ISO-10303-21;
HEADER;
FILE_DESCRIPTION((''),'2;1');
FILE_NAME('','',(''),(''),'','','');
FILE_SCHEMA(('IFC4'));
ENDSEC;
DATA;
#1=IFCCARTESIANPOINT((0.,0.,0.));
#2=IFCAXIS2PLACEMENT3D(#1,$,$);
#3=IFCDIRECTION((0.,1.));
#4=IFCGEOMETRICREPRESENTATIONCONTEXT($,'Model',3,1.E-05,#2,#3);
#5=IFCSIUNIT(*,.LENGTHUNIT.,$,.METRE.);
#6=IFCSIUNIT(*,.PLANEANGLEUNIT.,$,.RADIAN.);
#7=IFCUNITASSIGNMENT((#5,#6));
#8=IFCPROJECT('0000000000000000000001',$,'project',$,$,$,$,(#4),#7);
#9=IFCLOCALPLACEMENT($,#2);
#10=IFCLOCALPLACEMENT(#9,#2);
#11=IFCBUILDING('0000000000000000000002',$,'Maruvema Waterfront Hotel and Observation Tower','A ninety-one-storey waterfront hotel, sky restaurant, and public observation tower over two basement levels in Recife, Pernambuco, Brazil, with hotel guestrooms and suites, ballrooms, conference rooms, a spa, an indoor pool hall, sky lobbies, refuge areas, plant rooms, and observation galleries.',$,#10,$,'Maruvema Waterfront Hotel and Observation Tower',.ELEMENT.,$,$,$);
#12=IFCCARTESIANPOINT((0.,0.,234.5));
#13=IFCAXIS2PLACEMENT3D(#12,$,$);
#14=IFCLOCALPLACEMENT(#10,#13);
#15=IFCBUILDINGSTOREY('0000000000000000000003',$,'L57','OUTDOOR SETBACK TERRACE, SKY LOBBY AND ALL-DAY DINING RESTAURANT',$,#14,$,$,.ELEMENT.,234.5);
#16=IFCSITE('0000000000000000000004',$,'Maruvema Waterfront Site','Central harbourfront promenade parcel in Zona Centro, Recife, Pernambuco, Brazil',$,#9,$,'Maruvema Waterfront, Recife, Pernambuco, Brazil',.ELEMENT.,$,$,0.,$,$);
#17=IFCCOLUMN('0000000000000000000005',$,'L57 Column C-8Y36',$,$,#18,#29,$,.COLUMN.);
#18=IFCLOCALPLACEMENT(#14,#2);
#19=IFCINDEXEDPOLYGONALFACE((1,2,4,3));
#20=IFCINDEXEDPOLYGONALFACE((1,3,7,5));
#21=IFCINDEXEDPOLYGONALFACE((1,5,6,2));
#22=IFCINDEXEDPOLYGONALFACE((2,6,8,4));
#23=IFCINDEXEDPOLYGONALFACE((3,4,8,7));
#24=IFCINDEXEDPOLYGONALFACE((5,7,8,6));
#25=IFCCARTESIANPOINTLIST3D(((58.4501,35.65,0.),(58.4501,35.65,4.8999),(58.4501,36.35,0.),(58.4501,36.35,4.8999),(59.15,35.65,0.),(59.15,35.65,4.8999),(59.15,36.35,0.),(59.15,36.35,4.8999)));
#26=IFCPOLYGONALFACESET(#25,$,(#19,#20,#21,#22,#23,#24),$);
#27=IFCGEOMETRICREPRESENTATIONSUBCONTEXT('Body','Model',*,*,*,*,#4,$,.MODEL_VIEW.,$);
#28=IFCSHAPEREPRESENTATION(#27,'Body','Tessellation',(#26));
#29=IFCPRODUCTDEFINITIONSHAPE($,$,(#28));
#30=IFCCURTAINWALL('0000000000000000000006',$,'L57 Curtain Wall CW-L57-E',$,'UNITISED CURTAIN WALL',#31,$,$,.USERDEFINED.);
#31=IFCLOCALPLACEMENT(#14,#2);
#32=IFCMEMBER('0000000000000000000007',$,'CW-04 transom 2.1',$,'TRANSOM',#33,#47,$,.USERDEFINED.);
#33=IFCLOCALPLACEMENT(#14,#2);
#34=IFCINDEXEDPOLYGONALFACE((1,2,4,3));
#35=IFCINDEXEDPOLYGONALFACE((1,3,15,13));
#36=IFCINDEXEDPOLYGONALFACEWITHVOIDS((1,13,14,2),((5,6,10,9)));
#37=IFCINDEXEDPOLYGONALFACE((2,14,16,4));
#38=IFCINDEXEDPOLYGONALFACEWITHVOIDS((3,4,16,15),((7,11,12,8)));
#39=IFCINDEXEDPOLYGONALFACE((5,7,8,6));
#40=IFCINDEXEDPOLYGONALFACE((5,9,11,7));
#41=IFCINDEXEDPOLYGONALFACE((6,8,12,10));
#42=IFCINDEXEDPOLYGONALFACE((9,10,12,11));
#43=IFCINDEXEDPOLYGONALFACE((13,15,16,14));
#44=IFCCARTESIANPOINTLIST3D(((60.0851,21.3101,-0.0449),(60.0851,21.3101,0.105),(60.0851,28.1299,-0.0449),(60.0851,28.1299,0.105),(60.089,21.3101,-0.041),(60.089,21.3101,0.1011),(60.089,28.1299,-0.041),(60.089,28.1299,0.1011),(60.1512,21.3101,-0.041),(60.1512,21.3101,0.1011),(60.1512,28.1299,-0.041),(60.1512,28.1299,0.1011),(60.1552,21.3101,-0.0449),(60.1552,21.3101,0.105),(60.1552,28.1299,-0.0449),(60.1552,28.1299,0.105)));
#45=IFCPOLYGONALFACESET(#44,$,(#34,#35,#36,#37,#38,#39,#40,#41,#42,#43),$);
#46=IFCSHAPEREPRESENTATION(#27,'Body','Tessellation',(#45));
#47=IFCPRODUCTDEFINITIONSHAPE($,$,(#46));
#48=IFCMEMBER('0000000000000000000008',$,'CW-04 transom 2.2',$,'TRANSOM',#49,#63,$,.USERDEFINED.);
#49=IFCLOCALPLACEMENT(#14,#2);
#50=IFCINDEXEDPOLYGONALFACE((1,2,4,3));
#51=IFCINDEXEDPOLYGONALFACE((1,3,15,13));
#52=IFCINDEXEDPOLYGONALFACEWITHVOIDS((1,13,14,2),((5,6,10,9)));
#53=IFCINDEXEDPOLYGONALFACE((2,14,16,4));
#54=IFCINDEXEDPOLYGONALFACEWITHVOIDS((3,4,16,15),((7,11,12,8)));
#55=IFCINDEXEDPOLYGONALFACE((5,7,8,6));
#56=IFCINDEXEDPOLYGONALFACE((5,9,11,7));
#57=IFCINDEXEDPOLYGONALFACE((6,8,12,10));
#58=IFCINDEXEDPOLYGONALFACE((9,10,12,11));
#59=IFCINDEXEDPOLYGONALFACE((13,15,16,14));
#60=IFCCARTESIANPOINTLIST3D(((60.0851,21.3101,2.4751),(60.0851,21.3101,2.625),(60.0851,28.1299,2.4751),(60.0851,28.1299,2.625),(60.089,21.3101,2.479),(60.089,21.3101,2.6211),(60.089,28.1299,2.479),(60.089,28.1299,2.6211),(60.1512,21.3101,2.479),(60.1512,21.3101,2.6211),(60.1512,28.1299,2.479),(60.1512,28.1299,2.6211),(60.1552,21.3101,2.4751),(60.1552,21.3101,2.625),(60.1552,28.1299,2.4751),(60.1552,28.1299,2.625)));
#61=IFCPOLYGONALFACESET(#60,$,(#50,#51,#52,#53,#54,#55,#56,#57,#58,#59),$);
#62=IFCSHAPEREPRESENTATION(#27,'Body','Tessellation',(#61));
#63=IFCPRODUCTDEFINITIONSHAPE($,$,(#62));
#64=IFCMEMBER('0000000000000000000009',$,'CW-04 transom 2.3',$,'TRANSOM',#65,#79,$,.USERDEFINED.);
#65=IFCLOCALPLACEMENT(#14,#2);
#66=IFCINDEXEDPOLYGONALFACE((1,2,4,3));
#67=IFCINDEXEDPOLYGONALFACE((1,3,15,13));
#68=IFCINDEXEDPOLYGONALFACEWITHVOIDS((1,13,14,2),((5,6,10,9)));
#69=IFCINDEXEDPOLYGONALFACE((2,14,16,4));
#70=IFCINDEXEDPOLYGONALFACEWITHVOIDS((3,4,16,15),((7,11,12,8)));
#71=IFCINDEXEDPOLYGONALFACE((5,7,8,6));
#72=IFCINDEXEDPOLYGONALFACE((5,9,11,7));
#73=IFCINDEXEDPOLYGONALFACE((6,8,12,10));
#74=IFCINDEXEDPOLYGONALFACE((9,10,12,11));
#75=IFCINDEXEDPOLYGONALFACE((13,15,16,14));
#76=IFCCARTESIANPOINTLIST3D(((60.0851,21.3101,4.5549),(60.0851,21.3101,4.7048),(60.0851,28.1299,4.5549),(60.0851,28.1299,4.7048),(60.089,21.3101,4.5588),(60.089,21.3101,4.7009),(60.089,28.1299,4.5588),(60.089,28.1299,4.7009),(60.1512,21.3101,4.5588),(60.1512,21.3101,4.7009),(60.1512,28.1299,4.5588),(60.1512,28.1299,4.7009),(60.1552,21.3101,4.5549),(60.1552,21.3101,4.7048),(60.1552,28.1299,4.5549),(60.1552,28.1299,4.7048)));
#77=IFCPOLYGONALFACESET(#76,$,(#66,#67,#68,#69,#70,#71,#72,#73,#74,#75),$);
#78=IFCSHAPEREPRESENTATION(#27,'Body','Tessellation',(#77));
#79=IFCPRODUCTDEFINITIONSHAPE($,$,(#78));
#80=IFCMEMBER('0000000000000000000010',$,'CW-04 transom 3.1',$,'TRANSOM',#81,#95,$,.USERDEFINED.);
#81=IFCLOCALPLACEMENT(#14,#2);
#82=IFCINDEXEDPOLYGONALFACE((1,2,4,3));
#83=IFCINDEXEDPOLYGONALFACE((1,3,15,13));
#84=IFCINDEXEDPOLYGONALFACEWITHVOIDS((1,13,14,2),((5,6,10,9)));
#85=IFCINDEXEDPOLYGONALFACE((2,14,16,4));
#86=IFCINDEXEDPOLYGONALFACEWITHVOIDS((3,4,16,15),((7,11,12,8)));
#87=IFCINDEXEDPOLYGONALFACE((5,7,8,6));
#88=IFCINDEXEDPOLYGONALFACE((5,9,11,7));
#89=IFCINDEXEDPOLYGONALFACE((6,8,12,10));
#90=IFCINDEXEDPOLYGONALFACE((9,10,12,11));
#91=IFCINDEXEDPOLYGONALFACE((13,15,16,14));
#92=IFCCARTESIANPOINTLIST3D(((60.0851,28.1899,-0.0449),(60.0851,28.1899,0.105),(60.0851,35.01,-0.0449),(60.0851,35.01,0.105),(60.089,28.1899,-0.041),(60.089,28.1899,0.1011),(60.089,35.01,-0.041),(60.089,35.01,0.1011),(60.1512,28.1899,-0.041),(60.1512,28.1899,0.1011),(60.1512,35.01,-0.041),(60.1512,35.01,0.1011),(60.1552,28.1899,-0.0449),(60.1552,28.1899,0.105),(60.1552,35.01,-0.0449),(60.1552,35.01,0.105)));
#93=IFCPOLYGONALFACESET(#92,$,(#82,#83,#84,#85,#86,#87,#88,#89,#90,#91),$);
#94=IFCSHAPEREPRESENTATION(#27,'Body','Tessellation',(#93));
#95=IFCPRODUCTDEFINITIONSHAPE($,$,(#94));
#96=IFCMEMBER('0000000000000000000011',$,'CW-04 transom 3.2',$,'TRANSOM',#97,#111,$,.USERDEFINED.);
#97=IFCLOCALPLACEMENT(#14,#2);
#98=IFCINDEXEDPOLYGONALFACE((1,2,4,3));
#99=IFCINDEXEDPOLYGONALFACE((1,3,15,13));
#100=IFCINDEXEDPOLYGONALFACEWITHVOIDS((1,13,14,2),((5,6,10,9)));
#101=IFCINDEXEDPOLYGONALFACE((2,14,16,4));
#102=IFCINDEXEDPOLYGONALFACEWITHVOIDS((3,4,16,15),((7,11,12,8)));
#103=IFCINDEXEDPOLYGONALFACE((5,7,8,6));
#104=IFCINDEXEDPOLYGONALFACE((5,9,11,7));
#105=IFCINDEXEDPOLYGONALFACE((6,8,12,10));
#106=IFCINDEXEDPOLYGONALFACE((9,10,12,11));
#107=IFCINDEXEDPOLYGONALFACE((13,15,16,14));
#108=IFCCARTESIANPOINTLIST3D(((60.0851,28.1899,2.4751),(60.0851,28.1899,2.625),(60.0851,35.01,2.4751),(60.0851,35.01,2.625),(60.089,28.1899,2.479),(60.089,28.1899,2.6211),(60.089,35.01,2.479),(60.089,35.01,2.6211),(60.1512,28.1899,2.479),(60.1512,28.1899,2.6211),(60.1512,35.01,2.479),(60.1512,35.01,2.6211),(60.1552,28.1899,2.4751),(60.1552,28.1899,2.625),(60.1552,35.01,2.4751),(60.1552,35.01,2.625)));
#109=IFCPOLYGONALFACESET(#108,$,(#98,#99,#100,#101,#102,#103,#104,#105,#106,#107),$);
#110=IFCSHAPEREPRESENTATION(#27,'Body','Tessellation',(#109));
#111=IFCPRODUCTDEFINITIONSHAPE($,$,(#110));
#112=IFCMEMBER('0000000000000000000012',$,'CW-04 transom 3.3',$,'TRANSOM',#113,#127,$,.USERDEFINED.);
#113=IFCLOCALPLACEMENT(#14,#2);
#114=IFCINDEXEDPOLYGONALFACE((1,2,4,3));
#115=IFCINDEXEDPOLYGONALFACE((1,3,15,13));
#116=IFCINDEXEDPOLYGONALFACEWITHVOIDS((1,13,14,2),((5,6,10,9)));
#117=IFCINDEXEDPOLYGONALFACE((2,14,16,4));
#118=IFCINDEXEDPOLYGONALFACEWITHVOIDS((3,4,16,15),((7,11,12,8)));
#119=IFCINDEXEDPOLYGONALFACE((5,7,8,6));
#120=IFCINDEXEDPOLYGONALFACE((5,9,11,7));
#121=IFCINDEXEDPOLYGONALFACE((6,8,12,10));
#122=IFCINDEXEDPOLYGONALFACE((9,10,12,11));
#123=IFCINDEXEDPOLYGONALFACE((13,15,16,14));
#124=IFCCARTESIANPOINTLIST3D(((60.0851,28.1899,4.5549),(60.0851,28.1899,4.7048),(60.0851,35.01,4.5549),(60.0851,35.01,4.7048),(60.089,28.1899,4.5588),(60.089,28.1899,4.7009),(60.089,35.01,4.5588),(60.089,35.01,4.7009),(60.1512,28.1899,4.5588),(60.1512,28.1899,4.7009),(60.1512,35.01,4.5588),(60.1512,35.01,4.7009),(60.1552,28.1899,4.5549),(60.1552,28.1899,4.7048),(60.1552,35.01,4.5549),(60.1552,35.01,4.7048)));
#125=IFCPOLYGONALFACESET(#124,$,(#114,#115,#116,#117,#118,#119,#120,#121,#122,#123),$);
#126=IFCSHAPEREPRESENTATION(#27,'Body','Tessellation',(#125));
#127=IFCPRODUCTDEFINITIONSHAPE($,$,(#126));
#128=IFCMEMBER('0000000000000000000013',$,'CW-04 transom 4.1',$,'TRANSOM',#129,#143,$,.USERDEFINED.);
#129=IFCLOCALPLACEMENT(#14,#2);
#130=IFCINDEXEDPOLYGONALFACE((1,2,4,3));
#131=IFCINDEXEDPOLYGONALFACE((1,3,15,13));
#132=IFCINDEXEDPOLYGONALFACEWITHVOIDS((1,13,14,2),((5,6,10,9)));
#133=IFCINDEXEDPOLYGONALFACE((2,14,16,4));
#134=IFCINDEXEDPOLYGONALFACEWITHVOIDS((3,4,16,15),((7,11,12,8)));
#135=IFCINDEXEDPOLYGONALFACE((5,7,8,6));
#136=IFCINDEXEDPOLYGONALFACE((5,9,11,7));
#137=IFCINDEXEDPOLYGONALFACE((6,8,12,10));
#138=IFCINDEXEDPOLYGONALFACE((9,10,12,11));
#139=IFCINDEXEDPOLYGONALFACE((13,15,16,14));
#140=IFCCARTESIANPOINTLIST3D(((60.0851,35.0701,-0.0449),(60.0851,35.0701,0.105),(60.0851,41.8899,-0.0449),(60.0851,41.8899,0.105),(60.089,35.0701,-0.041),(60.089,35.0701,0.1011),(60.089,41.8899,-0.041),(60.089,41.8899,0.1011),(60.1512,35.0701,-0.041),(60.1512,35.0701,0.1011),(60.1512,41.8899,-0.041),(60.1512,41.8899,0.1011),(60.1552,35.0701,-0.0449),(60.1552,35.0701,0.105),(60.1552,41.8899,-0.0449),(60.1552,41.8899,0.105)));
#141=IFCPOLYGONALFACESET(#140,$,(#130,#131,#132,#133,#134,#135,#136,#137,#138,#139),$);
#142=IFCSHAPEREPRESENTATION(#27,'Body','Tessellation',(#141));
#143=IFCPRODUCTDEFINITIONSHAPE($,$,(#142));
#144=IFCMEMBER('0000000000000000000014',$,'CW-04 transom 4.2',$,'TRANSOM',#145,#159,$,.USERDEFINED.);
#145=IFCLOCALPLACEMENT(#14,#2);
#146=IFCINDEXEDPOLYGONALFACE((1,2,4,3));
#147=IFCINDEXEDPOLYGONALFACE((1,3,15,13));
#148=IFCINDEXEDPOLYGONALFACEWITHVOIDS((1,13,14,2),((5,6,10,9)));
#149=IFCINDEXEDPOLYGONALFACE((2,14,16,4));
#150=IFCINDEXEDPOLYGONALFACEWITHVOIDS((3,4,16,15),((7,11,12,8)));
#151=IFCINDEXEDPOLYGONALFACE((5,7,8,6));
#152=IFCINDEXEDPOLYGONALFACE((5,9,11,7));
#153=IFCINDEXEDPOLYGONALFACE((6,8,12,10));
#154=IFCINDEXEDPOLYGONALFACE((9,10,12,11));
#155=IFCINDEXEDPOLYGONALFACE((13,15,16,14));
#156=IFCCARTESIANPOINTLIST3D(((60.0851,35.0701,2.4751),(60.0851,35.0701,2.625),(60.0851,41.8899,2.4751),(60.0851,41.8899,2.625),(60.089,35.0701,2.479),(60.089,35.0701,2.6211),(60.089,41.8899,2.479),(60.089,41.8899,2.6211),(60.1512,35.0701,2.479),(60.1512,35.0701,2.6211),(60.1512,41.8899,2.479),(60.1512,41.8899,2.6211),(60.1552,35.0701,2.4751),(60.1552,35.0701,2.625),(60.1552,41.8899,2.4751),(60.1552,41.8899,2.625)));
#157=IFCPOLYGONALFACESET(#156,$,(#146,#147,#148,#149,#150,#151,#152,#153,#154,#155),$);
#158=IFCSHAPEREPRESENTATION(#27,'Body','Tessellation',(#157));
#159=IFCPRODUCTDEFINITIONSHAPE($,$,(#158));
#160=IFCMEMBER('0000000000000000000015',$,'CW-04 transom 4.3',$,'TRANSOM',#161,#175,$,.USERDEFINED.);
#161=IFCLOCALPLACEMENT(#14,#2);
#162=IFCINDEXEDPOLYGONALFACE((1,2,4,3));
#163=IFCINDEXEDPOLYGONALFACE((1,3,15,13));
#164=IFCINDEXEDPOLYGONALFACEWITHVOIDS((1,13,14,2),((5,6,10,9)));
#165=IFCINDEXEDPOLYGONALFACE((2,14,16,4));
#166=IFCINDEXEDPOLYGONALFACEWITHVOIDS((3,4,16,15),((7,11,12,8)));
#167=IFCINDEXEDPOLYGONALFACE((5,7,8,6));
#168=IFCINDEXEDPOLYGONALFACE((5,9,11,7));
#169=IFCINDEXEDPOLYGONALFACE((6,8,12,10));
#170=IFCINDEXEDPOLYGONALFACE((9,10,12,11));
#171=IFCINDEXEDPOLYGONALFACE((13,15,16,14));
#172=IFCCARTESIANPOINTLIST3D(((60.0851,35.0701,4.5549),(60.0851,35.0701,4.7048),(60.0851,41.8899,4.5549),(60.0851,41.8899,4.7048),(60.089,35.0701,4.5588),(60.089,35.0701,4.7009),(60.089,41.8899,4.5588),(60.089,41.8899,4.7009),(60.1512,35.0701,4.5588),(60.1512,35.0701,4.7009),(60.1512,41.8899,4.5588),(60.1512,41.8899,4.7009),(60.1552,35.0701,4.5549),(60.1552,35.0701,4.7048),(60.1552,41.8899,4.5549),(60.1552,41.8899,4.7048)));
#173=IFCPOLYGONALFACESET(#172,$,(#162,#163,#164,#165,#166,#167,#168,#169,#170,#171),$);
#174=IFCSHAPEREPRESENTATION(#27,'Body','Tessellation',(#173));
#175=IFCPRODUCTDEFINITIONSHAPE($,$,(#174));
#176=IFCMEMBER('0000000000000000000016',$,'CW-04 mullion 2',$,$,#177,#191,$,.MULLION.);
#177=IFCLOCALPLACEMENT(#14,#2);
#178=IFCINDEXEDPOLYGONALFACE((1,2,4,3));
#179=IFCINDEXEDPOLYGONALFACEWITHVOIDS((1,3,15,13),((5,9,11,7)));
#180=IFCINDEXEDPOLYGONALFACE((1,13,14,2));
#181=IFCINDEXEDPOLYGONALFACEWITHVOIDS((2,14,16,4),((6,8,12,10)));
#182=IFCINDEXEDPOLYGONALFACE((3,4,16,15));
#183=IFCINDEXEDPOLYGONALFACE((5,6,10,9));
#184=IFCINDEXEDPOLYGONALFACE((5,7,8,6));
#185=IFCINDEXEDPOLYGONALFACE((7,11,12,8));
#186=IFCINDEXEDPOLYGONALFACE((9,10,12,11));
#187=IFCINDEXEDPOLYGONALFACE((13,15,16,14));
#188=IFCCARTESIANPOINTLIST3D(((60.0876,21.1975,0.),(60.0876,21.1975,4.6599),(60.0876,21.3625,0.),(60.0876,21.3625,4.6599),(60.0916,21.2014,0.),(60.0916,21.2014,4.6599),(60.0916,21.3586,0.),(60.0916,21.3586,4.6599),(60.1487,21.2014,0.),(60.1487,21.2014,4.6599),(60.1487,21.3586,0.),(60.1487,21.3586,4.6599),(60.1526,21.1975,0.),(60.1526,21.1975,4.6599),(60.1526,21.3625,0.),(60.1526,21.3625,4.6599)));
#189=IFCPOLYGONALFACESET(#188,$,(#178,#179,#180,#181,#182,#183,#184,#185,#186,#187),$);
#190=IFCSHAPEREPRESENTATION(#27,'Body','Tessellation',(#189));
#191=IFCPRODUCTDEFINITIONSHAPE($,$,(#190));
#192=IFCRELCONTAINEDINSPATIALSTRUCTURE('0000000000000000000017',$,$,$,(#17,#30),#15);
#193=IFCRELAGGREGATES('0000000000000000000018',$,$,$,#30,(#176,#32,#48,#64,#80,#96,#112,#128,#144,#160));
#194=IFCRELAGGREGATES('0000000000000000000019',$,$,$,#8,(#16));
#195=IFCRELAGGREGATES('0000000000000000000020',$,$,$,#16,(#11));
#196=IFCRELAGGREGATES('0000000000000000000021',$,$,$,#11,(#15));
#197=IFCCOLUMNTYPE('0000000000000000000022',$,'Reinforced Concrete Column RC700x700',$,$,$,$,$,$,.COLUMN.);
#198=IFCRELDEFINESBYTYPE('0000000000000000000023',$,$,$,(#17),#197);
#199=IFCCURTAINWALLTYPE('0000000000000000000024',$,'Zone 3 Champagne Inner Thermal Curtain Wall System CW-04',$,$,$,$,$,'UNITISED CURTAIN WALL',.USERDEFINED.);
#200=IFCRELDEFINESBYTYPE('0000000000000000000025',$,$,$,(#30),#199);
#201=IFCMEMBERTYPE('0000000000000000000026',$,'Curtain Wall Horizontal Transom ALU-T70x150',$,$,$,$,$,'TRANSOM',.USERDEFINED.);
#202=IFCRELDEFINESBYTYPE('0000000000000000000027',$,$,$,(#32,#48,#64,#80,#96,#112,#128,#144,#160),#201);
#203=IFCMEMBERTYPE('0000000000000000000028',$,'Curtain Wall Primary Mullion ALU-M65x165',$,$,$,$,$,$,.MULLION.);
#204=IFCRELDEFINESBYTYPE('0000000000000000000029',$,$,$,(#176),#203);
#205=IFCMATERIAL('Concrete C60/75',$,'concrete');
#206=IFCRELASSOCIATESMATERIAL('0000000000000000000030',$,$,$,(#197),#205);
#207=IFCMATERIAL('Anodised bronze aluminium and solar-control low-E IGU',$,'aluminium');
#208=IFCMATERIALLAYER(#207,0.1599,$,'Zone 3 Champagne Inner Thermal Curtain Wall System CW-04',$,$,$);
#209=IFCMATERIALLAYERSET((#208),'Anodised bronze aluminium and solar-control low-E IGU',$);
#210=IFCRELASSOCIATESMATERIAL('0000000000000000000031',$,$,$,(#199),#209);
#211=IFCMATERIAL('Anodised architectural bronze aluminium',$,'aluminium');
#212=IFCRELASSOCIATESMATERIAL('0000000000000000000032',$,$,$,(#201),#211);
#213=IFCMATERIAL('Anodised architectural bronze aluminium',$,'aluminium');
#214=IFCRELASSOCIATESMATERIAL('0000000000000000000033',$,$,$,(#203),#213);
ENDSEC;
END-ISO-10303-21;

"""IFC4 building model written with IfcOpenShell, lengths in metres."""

from ifc_helpers import new_model, si_unit, direction, frame, origin, origin_2d, place, context, subcontext, project, spatial, rectangle, hollow_rectangle, extrude, material, layer, layer_set, material_profile, profile_set, type_object, element, aggregate, save


model = new_model("IFC4")

# Units and contexts
model_context = context("Model", 3, precision=1e-05, world=origin(), true_north=direction((0.0, 1.0)))
body_context = subcontext(model_context, "Body", "Model", "MODEL_VIEW")
ifc_project = project(units=[si_unit("LENGTHUNIT", "METRE"), si_unit("PLANEANGLEUNIT", "RADIAN")], contexts=[model_context])

# Site, building, storey
site_placement = place(None, origin())
site = spatial("IfcSite", under=ifc_project, at=site_placement, Name="Maruvema Waterfront Site", Description="Central harbourfront promenade parcel in Zona Centro, Recife, Pernambuco, Brazil", LongName="Maruvema Waterfront, Recife, Pernambuco, Brazil", CompositionType="ELEMENT", RefElevation=0.0)
building_placement = place(site_placement, origin())
building = spatial("IfcBuilding", under=site, at=building_placement, Name="Maruvema Waterfront Hotel and Observation Tower", Description="A ninety-one-storey waterfront hotel, sky restaurant, and public observation tower over two basement levels in Recife, Pernambuco, Brazil, with hotel guestrooms and suites, ballrooms, conference rooms, a spa, an indoor pool hall, sky lobbies, refuge areas, plant rooms, and observation galleries.", LongName="Maruvema Waterfront Hotel and Observation Tower", CompositionType="ELEMENT")
storey_placement = place(building_placement, frame((0.0, 0.0, 234.5)))
storey = spatial("IfcBuildingStorey", under=building, at=storey_placement, Name="L57", Description="OUTDOOR SETBACK TERRACE, SKY LOBBY AND ALL-DAY DINING RESTAURANT", CompositionType="ELEMENT", Elevation=234.5)

# Column
ifc_material_1 = material(Name="Concrete C60/75", Category="concrete")
ifc_material_profile_1 = material_profile(ifc_material_1, rectangle(XDim=0.7, YDim=0.7, at=origin_2d()), Name="RC700x700")
ifc_profile_set_1 = profile_set([ifc_material_profile_1], Name="Concrete C60/75")
column_type = type_object("IfcColumnType", Name="Reinforced Concrete Column RC700x700", PredefinedType="COLUMN", material=ifc_profile_set_1)
column_placement = place(storey_placement, frame((58.8, 36.0, 0.0), z_axis=(0.0, 0.0, 1.0), x_axis=(1.0, 0.0, 0.0)))
element("IfcColumn", 1, at=column_placement, inside=storey, type_object=column_type, Name="L57 Column C-8Y36", PredefinedType="COLUMN", context=body_context, shape_type="SweptSolid", body=[
    extrude(rectangle(XDim=0.7, YDim=0.7, at=origin_2d()), origin(), (0.0, 0.0, 1.0), 4.8999),
])

# Curtain wall, members
ifc_material_2 = material(Name="Anodised bronze aluminium and solar-control low-E IGU", Category="aluminium")
ifc_layer_1 = layer(ifc_material_2, 0.1599, Name="Zone 3 Champagne Inner Thermal Curtain Wall System CW-04")
ifc_layer_set_1 = layer_set([ifc_layer_1], Name="Anodised bronze aluminium and solar-control low-E IGU")
curtain_wall_type = type_object("IfcCurtainWallType", Name="Zone 3 Champagne Inner Thermal Curtain Wall System CW-04", ElementType="UNITISED CURTAIN WALL", PredefinedType="USERDEFINED", material=ifc_layer_set_1)
curtain_wall_placement = place(storey_placement, origin())
curtain_wall = element("IfcCurtainWall", 2, at=curtain_wall_placement, inside=storey, type_object=curtain_wall_type, Name="L57 Curtain Wall CW-L57-E", ObjectType="UNITISED CURTAIN WALL", PredefinedType="USERDEFINED")
ifc_material_3 = material(Name="Anodised architectural bronze aluminium", Category="aluminium")
ifc_material_profile_2 = material_profile(ifc_material_3, hollow_rectangle(XDim=0.0701, YDim=0.1499, WallThickness=0.0039, at=origin_2d()), Name="ALU-T70x150")
ifc_profile_set_2 = profile_set([ifc_material_profile_2], Name="Anodised architectural bronze aluminium")
member_type_1 = type_object("IfcMemberType", Name="Curtain Wall Horizontal Transom ALU-T70x150", ElementType="TRANSOM", PredefinedType="USERDEFINED", material=ifc_profile_set_2)
member_1_placement = place(storey_placement, frame((60.1201, 21.3101, 0.03), z_axis=(0.0, 1.0, 0.0), x_axis=(-1.0, 0.0, 0.0)))
member_1 = element("IfcMember", 3, at=member_1_placement, type_object=member_type_1, Name="CW-04 transom 2.1", ObjectType="TRANSOM", PredefinedType="USERDEFINED", context=body_context, shape_type="SweptSolid", body=[
    extrude(hollow_rectangle(XDim=0.0701, YDim=0.1499, WallThickness=0.0039, at=origin_2d()), origin(), (0.0, 0.0, 1.0), 6.8198),
])
member_2_placement = place(storey_placement, frame((60.1201, 21.3101, 2.55), z_axis=(0.0, 1.0, 0.0), x_axis=(-1.0, 0.0, 0.0)))
member_2 = element("IfcMember", 4, at=member_2_placement, type_object=member_type_1, Name="CW-04 transom 2.2", ObjectType="TRANSOM", PredefinedType="USERDEFINED", context=body_context, shape_type="SweptSolid", body=[
    extrude(hollow_rectangle(XDim=0.0701, YDim=0.1499, WallThickness=0.0039, at=origin_2d()), origin(), (0.0, 0.0, 1.0), 6.8198),
])
member_3_placement = place(storey_placement, frame((60.1201, 21.3101, 4.6299), z_axis=(0.0, 1.0, 0.0), x_axis=(-1.0, 0.0, 0.0)))
member_3 = element("IfcMember", 5, at=member_3_placement, type_object=member_type_1, Name="CW-04 transom 2.3", ObjectType="TRANSOM", PredefinedType="USERDEFINED", context=body_context, shape_type="SweptSolid", body=[
    extrude(hollow_rectangle(XDim=0.0701, YDim=0.1499, WallThickness=0.0039, at=origin_2d()), origin(), (0.0, 0.0, 1.0), 6.8198),
])
member_4_placement = place(storey_placement, frame((60.1201, 28.1899, 0.03), z_axis=(0.0, 1.0, 0.0), x_axis=(-1.0, 0.0, 0.0)))
member_4 = element("IfcMember", 6, at=member_4_placement, type_object=member_type_1, Name="CW-04 transom 3.1", ObjectType="TRANSOM", PredefinedType="USERDEFINED", context=body_context, shape_type="SweptSolid", body=[
    extrude(hollow_rectangle(XDim=0.0701, YDim=0.1499, WallThickness=0.0039, at=origin_2d()), origin(), (0.0, 0.0, 1.0), 6.8201),
])
member_5_placement = place(storey_placement, frame((60.1201, 28.1899, 2.55), z_axis=(0.0, 1.0, 0.0), x_axis=(-1.0, 0.0, 0.0)))
member_5 = element("IfcMember", 7, at=member_5_placement, type_object=member_type_1, Name="CW-04 transom 3.2", ObjectType="TRANSOM", PredefinedType="USERDEFINED", context=body_context, shape_type="SweptSolid", body=[
    extrude(hollow_rectangle(XDim=0.0701, YDim=0.1499, WallThickness=0.0039, at=origin_2d()), origin(), (0.0, 0.0, 1.0), 6.8201),
])
member_6_placement = place(storey_placement, frame((60.1201, 28.1899, 4.6299), z_axis=(0.0, 1.0, 0.0), x_axis=(-1.0, 0.0, 0.0)))
member_6 = element("IfcMember", 8, at=member_6_placement, type_object=member_type_1, Name="CW-04 transom 3.3", ObjectType="TRANSOM", PredefinedType="USERDEFINED", context=body_context, shape_type="SweptSolid", body=[
    extrude(hollow_rectangle(XDim=0.0701, YDim=0.1499, WallThickness=0.0039, at=origin_2d()), origin(), (0.0, 0.0, 1.0), 6.8201),
])
member_7_placement = place(storey_placement, frame((60.1201, 35.0701, 0.03), z_axis=(0.0, 1.0, 0.0), x_axis=(-1.0, 0.0, 0.0)))
member_7 = element("IfcMember", 9, at=member_7_placement, type_object=member_type_1, Name="CW-04 transom 4.1", ObjectType="TRANSOM", PredefinedType="USERDEFINED", context=body_context, shape_type="SweptSolid", body=[
    extrude(hollow_rectangle(XDim=0.0701, YDim=0.1499, WallThickness=0.0039, at=origin_2d()), origin(), (0.0, 0.0, 1.0), 6.8198),
])
member_8_placement = place(storey_placement, frame((60.1201, 35.0701, 2.55), z_axis=(0.0, 1.0, 0.0), x_axis=(-1.0, 0.0, 0.0)))
member_8 = element("IfcMember", 10, at=member_8_placement, type_object=member_type_1, Name="CW-04 transom 4.2", ObjectType="TRANSOM", PredefinedType="USERDEFINED", context=body_context, shape_type="SweptSolid", body=[
    extrude(hollow_rectangle(XDim=0.0701, YDim=0.1499, WallThickness=0.0039, at=origin_2d()), origin(), (0.0, 0.0, 1.0), 6.8198),
])
member_9_placement = place(storey_placement, frame((60.1201, 35.0701, 4.6299), z_axis=(0.0, 1.0, 0.0), x_axis=(-1.0, 0.0, 0.0)))
member_9 = element("IfcMember", 11, at=member_9_placement, type_object=member_type_1, Name="CW-04 transom 4.3", ObjectType="TRANSOM", PredefinedType="USERDEFINED", context=body_context, shape_type="SweptSolid", body=[
    extrude(hollow_rectangle(XDim=0.0701, YDim=0.1499, WallThickness=0.0039, at=origin_2d()), origin(), (0.0, 0.0, 1.0), 6.8198),
])
ifc_material_4 = material(Name="Anodised architectural bronze aluminium", Category="aluminium")
ifc_material_profile_3 = material_profile(ifc_material_4, hollow_rectangle(XDim=0.0649, YDim=0.165, WallThickness=0.0039, at=origin_2d()), Name="ALU-M65x165")
ifc_profile_set_3 = profile_set([ifc_material_profile_3], Name="Anodised architectural bronze aluminium")
member_type_2 = type_object("IfcMemberType", Name="Curtain Wall Primary Mullion ALU-M65x165", PredefinedType="MULLION", material=ifc_profile_set_3)
member_10_placement = place(storey_placement, frame((60.1201, 21.28, 0.0), z_axis=(0.0, 0.0, 1.0), x_axis=(-1.0, 0.0, 0.0)))
member_10 = element("IfcMember", 12, at=member_10_placement, type_object=member_type_2, Name="CW-04 mullion 2", PredefinedType="MULLION", context=body_context, shape_type="SweptSolid", body=[
    extrude(hollow_rectangle(XDim=0.0649, YDim=0.165, WallThickness=0.0039, at=origin_2d()), origin(), (0.0, 0.0, 1.0), 4.6599),
])

aggregate(curtain_wall, [member_10, member_1, member_2, member_3, member_4, member_5, member_6, member_7, member_8, member_9])

save(model, "model.ifc")
